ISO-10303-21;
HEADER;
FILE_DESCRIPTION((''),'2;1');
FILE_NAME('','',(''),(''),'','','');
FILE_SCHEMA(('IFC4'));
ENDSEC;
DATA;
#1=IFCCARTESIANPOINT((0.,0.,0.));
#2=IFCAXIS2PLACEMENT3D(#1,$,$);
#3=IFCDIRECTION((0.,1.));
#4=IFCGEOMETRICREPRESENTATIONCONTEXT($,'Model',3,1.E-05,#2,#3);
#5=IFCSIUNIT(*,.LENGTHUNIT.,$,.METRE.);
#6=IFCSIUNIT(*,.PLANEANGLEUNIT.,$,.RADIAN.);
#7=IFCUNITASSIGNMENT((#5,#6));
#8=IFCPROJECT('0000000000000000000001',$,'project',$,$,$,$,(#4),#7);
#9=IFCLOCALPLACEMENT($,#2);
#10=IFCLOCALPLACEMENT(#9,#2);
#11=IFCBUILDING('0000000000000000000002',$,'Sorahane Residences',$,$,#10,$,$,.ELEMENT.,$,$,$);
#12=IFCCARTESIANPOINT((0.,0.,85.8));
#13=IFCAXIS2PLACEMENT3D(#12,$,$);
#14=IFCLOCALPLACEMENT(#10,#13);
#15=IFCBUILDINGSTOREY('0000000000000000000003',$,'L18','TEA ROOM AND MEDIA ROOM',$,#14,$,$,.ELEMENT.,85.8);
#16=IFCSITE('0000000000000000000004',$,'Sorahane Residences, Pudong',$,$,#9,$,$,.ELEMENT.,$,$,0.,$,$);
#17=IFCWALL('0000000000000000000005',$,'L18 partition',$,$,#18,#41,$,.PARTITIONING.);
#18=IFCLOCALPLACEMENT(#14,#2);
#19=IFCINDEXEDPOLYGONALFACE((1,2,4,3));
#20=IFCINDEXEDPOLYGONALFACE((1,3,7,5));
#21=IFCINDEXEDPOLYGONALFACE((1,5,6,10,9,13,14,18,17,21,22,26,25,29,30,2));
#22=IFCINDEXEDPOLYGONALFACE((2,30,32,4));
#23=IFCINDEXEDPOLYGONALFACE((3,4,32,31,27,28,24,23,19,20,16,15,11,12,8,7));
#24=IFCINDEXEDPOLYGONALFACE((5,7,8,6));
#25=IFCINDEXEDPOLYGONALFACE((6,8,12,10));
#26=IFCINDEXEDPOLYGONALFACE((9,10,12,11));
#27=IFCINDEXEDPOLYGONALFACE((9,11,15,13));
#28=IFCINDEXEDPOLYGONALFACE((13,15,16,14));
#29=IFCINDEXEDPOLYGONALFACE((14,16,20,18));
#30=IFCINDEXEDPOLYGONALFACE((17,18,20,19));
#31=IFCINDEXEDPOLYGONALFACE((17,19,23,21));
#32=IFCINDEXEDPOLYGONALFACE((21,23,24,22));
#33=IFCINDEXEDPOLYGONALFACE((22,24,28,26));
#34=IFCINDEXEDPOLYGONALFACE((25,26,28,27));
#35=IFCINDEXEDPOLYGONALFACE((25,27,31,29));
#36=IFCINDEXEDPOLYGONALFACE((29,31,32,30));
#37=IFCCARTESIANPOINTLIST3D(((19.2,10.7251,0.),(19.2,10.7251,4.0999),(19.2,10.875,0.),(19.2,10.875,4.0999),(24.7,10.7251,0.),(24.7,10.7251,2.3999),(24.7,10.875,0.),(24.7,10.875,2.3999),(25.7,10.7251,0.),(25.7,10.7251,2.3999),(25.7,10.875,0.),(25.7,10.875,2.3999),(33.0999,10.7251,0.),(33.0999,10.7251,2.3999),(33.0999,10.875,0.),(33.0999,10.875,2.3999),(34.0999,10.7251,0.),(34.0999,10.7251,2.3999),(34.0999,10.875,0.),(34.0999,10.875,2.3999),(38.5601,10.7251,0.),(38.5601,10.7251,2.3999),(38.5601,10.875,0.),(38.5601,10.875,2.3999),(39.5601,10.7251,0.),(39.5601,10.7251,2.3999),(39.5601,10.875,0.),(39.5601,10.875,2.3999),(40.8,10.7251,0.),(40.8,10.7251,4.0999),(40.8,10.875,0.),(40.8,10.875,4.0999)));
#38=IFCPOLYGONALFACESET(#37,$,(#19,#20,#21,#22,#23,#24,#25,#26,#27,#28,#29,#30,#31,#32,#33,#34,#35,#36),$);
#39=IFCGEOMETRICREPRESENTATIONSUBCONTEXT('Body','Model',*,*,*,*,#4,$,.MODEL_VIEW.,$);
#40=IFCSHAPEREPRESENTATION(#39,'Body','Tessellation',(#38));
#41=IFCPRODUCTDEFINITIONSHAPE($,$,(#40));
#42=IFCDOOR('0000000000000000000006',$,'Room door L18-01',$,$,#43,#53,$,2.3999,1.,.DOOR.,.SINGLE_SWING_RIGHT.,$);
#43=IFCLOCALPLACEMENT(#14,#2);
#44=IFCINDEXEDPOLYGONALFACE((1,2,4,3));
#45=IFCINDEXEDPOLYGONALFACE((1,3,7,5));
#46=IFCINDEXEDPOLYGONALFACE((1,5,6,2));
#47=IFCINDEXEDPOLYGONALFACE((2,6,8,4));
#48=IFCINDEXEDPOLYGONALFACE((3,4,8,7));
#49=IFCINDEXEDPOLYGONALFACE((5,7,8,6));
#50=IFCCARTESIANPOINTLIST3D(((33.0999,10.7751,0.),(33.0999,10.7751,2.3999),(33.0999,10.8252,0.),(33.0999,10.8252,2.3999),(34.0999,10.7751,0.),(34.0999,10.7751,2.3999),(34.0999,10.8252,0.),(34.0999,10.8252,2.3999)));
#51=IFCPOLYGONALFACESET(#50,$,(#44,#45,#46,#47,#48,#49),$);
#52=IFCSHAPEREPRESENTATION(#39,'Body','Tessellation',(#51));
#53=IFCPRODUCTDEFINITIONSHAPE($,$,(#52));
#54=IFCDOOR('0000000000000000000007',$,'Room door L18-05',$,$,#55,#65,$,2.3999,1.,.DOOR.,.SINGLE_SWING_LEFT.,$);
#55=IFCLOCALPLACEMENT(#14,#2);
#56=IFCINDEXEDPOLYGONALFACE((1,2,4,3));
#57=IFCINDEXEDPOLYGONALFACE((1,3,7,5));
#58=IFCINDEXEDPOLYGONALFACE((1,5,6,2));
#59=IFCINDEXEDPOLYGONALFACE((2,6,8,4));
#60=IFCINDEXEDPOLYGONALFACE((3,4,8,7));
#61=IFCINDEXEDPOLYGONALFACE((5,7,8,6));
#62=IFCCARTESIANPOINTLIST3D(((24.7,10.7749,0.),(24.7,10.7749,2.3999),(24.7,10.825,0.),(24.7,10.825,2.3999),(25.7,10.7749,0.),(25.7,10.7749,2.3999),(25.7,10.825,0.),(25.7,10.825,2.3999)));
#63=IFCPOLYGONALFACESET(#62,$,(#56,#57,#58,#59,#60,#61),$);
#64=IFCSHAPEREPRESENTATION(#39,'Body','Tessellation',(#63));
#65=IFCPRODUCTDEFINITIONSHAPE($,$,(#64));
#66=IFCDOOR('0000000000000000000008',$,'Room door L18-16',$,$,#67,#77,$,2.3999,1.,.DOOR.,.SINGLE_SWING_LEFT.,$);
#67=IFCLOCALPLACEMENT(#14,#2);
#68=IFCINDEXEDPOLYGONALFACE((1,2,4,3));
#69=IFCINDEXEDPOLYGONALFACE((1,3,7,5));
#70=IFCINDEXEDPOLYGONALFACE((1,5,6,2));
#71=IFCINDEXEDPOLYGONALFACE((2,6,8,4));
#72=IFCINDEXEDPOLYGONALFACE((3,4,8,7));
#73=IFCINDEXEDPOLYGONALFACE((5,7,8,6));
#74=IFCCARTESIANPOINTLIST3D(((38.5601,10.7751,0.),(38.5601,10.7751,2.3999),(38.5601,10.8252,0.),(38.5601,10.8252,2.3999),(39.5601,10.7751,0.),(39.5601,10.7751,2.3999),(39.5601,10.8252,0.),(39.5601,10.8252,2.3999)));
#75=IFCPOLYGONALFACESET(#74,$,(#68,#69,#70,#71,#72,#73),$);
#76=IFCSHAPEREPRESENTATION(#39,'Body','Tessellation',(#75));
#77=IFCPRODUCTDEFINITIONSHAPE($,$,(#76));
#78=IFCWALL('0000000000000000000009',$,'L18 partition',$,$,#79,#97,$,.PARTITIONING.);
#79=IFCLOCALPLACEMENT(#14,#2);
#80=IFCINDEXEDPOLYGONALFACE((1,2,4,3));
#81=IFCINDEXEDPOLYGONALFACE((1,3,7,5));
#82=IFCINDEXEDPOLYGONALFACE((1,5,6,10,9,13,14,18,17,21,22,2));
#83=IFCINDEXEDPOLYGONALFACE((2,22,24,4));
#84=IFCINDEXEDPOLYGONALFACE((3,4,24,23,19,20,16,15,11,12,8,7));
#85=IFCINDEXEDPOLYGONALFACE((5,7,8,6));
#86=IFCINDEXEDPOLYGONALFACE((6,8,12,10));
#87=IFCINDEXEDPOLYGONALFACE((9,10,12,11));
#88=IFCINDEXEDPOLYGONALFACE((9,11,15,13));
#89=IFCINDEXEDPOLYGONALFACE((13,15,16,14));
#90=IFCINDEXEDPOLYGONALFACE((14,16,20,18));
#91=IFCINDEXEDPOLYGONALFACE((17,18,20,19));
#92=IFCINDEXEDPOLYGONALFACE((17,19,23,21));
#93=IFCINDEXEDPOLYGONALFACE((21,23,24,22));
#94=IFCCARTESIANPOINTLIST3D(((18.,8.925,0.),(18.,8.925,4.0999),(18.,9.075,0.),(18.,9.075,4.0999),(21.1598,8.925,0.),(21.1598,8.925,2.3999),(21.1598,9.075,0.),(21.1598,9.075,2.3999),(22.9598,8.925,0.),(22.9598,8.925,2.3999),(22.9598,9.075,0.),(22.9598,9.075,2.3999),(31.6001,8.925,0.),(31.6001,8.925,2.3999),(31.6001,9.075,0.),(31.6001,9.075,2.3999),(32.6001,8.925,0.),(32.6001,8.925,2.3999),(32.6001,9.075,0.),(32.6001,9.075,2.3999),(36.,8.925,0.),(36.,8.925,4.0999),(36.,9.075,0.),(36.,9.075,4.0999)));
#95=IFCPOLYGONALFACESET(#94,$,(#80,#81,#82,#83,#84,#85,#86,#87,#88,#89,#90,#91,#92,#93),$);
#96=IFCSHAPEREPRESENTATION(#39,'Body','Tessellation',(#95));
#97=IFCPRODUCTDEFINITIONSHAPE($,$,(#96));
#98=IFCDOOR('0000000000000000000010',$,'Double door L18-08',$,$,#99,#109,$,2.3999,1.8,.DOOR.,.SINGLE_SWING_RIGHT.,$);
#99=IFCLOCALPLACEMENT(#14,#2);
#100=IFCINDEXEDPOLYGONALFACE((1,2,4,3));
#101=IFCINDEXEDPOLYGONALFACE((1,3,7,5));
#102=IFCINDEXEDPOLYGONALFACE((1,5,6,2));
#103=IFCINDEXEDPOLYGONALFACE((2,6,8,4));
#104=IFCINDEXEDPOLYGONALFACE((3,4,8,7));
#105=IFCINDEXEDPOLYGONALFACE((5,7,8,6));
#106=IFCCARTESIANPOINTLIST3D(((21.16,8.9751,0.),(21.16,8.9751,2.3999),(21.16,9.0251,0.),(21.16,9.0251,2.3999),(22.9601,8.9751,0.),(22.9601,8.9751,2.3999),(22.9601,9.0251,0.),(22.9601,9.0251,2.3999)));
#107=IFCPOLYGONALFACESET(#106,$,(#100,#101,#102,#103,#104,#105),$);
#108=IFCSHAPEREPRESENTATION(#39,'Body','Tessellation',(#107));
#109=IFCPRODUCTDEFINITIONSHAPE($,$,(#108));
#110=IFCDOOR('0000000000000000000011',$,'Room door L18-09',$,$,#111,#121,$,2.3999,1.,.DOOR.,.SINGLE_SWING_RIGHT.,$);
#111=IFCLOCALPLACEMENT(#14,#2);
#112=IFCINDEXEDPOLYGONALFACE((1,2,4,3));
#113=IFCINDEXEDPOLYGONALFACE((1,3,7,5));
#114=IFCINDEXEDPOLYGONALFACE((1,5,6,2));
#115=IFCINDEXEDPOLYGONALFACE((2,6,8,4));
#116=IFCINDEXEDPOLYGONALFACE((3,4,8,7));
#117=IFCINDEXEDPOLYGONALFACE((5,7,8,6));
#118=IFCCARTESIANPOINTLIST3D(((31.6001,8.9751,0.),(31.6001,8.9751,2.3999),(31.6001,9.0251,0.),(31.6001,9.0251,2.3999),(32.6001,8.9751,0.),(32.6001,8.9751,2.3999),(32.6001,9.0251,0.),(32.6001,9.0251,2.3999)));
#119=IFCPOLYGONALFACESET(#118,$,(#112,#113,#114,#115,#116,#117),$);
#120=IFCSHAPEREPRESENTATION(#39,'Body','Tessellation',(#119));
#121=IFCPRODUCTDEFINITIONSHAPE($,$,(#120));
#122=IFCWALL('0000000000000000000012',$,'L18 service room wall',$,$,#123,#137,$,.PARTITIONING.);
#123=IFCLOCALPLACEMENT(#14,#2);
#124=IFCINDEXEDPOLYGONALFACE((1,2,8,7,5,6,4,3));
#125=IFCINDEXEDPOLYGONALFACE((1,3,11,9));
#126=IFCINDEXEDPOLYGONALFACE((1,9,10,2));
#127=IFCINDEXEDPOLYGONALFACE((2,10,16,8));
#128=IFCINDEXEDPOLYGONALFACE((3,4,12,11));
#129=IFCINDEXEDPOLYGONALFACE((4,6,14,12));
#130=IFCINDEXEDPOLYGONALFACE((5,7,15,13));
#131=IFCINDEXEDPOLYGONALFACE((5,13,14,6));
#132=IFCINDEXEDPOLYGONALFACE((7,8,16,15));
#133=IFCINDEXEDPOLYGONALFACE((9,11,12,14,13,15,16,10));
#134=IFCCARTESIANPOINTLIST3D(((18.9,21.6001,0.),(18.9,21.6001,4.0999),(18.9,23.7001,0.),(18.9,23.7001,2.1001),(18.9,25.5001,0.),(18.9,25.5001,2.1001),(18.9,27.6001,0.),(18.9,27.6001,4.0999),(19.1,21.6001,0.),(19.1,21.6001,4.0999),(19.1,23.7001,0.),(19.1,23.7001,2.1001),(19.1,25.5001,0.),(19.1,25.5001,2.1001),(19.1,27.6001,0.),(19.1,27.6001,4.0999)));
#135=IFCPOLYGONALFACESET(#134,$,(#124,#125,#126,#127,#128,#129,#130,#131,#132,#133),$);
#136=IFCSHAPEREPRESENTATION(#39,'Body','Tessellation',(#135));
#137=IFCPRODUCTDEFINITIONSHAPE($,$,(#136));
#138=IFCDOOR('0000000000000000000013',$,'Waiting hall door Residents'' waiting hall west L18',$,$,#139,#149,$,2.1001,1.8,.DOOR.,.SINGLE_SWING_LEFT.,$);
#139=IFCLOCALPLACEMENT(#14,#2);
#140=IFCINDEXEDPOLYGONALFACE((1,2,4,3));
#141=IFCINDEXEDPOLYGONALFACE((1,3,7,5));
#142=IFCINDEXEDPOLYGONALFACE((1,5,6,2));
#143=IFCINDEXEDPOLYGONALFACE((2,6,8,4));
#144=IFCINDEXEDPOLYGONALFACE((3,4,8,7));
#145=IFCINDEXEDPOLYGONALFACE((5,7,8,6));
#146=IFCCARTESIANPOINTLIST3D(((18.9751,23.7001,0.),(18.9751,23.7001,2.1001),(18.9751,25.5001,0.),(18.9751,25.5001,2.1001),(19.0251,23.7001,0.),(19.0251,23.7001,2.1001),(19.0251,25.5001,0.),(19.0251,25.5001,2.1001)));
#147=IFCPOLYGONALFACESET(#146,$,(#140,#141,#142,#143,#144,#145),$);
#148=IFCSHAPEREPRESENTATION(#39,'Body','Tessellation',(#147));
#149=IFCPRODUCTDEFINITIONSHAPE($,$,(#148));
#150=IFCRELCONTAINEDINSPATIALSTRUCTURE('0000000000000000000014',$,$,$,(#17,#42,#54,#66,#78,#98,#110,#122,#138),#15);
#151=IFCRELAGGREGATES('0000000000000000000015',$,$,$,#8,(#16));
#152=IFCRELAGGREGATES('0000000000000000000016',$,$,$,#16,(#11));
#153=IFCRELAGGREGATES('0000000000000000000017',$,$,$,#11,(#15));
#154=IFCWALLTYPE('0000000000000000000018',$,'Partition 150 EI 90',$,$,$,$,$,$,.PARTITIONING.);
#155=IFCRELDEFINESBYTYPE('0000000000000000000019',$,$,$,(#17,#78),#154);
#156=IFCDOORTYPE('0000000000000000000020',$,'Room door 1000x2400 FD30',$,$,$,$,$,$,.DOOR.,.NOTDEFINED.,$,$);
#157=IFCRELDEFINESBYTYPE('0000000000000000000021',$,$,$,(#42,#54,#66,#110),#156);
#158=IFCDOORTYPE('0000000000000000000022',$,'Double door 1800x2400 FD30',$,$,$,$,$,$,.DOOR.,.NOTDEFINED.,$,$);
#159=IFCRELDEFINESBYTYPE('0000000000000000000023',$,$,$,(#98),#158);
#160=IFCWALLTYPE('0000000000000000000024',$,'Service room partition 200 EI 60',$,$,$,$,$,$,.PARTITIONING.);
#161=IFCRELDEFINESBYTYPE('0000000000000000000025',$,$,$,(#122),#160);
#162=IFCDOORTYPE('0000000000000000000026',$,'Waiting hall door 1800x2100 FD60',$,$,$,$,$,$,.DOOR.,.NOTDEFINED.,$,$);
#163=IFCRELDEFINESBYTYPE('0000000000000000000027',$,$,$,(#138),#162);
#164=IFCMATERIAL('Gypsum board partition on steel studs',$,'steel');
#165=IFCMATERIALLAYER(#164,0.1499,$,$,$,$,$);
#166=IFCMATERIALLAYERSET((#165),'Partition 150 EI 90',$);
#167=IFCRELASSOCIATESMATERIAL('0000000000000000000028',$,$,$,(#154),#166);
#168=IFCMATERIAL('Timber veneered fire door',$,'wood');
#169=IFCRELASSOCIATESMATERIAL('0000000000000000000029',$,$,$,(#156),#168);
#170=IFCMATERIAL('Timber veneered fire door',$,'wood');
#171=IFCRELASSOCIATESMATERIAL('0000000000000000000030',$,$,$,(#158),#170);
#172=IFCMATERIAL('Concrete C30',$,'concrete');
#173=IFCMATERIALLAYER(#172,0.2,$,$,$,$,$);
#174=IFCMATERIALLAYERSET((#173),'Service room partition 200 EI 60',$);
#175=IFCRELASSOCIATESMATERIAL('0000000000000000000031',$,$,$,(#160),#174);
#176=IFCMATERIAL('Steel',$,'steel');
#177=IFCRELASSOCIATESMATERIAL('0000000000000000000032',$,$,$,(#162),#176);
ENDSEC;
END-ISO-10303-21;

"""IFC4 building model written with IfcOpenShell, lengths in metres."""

from ifc_helpers import new_model, si_unit, direction, frame, frame_2d, origin, place, context, subcontext, project, spatial, rectangle, extrude, material, layer, layer_set, type_object, element, fill, save


model = new_model("IFC4")

# Units and contexts
model_context = context("Model", 3, precision=1e-05, world=origin(), true_north=direction((0.0, 1.0)))
body_context = subcontext(model_context, "Body", "Model", "MODEL_VIEW")
ifc_project = project(units=[si_unit("LENGTHUNIT", "METRE"), si_unit("PLANEANGLEUNIT", "RADIAN")], contexts=[model_context])

# Site, building, storey
site_placement = place(None, origin())
site = spatial("IfcSite", under=ifc_project, at=site_placement, Name="Sorahane Residences, Pudong", CompositionType="ELEMENT", RefElevation=0.0)
building_placement = place(site_placement, origin())
building = spatial("IfcBuilding", under=site, at=building_placement, Name="Sorahane Residences", CompositionType="ELEMENT")
storey_placement = place(building_placement, frame((0.0, 0.0, 85.8)))
storey = spatial("IfcBuildingStorey", under=building, at=storey_placement, Name="L18", Description="TEA ROOM AND MEDIA ROOM", CompositionType="ELEMENT", Elevation=85.8)

# Walls, openings, doors
ifc_material_1 = material(Name="Gypsum board partition on steel studs", Category="steel")
ifc_layer_1 = layer(ifc_material_1, 0.1499)
ifc_layer_set_1 = layer_set([ifc_layer_1], Name="Partition 150 EI 90")
wall_type_1 = type_object("IfcWallType", Name="Partition 150 EI 90", PredefinedType="PARTITIONING", material=ifc_layer_set_1)
wall_1_placement = place(storey_placement, frame((19.2, 10.8, 0.0), z_axis=(0.0, 0.0, 1.0), x_axis=(1.0, 0.0, 0.0)))
wall_1 = element("IfcWall", 1, at=wall_1_placement, inside=storey, type_object=wall_type_1, Name="L18 partition", PredefinedType="PARTITIONING", context=body_context, shape_type="SweptSolid", body=[
    extrude(rectangle(XDim=21.6001, YDim=0.1499, at=frame_2d((10.8, 0.0))), origin(), (0.0, 0.0, 1.0), 4.0999),
])
opening_1_placement = place(wall_1_placement, frame((13.8999, 0.0, 0.0)))
opening_1 = element("IfcOpeningElement", 2, at=opening_1_placement, cuts=wall_1, PredefinedType="OPENING", context=body_context, shape_type="SweptSolid", body=[
    extrude(rectangle(XDim=1.0, YDim=2.3999, at=frame_2d((0.5, 1.2))), frame((0.0, 0.085, 0.0), z_axis=(0.0, -1.0, 0.0), x_axis=(1.0, 0.0, 0.0)), (0.0, 0.0, 1.0), 0.1699),
])
opening_2_placement = place(wall_1_placement, frame((5.5, 0.0, 0.0)))
opening_2 = element("IfcOpeningElement", 3, at=opening_2_placement, cuts=wall_1, PredefinedType="OPENING", context=body_context, shape_type="SweptSolid", body=[
    extrude(rectangle(XDim=1.0, YDim=2.3999, at=frame_2d((0.5, 1.2))), frame((0.0, 0.085, 0.0), z_axis=(0.0, -1.0, 0.0), x_axis=(1.0, 0.0, 0.0)), (0.0, 0.0, 1.0), 0.1699),
])
opening_3_placement = place(wall_1_placement, frame((19.3601, 0.0, 0.0)))
opening_3 = element("IfcOpeningElement", 4, at=opening_3_placement, cuts=wall_1, PredefinedType="OPENING", context=body_context, shape_type="SweptSolid", body=[
    extrude(rectangle(XDim=1.0, YDim=2.3999, at=frame_2d((0.5, 1.2))), frame((0.0, 0.085, 0.0), z_axis=(0.0, -1.0, 0.0), x_axis=(1.0, 0.0, 0.0)), (0.0, 0.0, 1.0), 0.1699),
])
ifc_material_2 = material(Name="Timber veneered fire door", Category="wood")
door_type_1 = type_object("IfcDoorType", Name="Room door 1000x2400 FD30", OperationType="NOTDEFINED", PredefinedType="DOOR", material=ifc_material_2)
door_1_placement = place(opening_1_placement, frame((1.0, 0.0, 0.0), z_axis=(0.0, 0.0, 1.0), x_axis=(-1.0, 0.0, 0.0)))
door_1 = element("IfcDoor", 5, at=door_1_placement, inside=storey, type_object=door_type_1, Name="Room door L18-01", OperationType="SINGLE_SWING_RIGHT", OverallHeight=2.3999, OverallWidth=1.0, PredefinedType="DOOR", context=body_context, shape_type="SweptSolid", body=[
    extrude(rectangle(XDim=1.0, YDim=2.3999, at=frame_2d((0.5, 1.2))), frame((0.0, 0.0249, 0.0), z_axis=(0.0, -1.0, 0.0), x_axis=(1.0, 0.0, 0.0)), (0.0, 0.0, 1.0), 0.05),
])
fill(opening_1, door_1)
door_2_placement = place(opening_2_placement, origin())
door_2 = element("IfcDoor", 6, at=door_2_placement, inside=storey, type_object=door_type_1, Name="Room door L18-05", OperationType="SINGLE_SWING_LEFT", OverallHeight=2.3999, OverallWidth=1.0, PredefinedType="DOOR", context=body_context, shape_type="SweptSolid", body=[
    extrude(rectangle(XDim=1.0, YDim=2.3999, at=frame_2d((0.5, 1.2))), frame((0.0, 0.0249, 0.0), z_axis=(0.0, -1.0, 0.0), x_axis=(1.0, 0.0, 0.0)), (0.0, 0.0, 1.0), 0.05),
])
fill(opening_2, door_2)
door_3_placement = place(opening_3_placement, frame((1.0, 0.0, 0.0), z_axis=(0.0, 0.0, 1.0), x_axis=(-1.0, 0.0, 0.0)))
door_3 = element("IfcDoor", 7, at=door_3_placement, inside=storey, type_object=door_type_1, Name="Room door L18-16", OperationType="SINGLE_SWING_LEFT", OverallHeight=2.3999, OverallWidth=1.0, PredefinedType="DOOR", context=body_context, shape_type="SweptSolid", body=[
    extrude(rectangle(XDim=1.0, YDim=2.3999, at=frame_2d((0.5, 1.2))), frame((0.0, 0.0249, 0.0), z_axis=(0.0, -1.0, 0.0), x_axis=(1.0, 0.0, 0.0)), (0.0, 0.0, 1.0), 0.05),
])
fill(opening_3, door_3)
wall_2_placement = place(storey_placement, frame((18.0, 9.0, 0.0), z_axis=(0.0, 0.0, 1.0), x_axis=(1.0, 0.0, 0.0)))
wall_2 = element("IfcWall", 8, at=wall_2_placement, inside=storey, type_object=wall_type_1, Name="L18 partition", PredefinedType="PARTITIONING", context=body_context, shape_type="SweptSolid", body=[
    extrude(rectangle(XDim=18.0, YDim=0.1499, at=frame_2d((9.0, 0.0))), origin(), (0.0, 0.0, 1.0), 4.0999),
])
opening_4_placement = place(wall_2_placement, frame((3.1599, 0.0, 0.0)))
opening_4 = element("IfcOpeningElement", 9, at=opening_4_placement, cuts=wall_2, PredefinedType="OPENING", context=body_context, shape_type="SweptSolid", body=[
    extrude(rectangle(XDim=1.8, YDim=2.3999, at=frame_2d((0.8999, 1.2))), frame((0.0, 0.085, 0.0), z_axis=(0.0, -1.0, 0.0), x_axis=(1.0, 0.0, 0.0)), (0.0, 0.0, 1.0), 0.1699),
])
opening_5_placement = place(wall_2_placement, frame((13.6001, 0.0, 0.0)))
opening_5 = element("IfcOpeningElement", 10, at=opening_5_placement, cuts=wall_2, PredefinedType="OPENING", context=body_context, shape_type="SweptSolid", body=[
    extrude(rectangle(XDim=1.0, YDim=2.3999, at=frame_2d((0.5, 1.2))), frame((0.0, 0.085, 0.0), z_axis=(0.0, -1.0, 0.0), x_axis=(1.0, 0.0, 0.0)), (0.0, 0.0, 1.0), 0.1699),
])
ifc_material_3 = material(Name="Timber veneered fire door", Category="wood")
door_type_2 = type_object("IfcDoorType", Name="Double door 1800x2400 FD30", OperationType="NOTDEFINED", PredefinedType="DOOR", material=ifc_material_3)
door_4_placement = place(opening_4_placement, frame((1.8, 0.0, 0.0), z_axis=(0.0, 0.0, 1.0), x_axis=(-1.0, 0.0, 0.0)))
door_4 = element("IfcDoor", 11, at=door_4_placement, inside=storey, type_object=door_type_2, Name="Double door L18-08", OperationType="SINGLE_SWING_RIGHT", OverallHeight=2.3999, OverallWidth=1.8, PredefinedType="DOOR", context=body_context, shape_type="SweptSolid", body=[
    extrude(rectangle(XDim=1.8, YDim=2.3999, at=frame_2d((0.8999, 1.2))), frame((0.0, 0.0249, 0.0), z_axis=(0.0, -1.0, 0.0), x_axis=(1.0, 0.0, 0.0)), (0.0, 0.0, 1.0), 0.05),
])
fill(opening_4, door_4)
door_5_placement = place(opening_5_placement, frame((1.0, 0.0, 0.0), z_axis=(0.0, 0.0, 1.0), x_axis=(-1.0, 0.0, 0.0)))
door_5 = element("IfcDoor", 12, at=door_5_placement, inside=storey, type_object=door_type_1, Name="Room door L18-09", OperationType="SINGLE_SWING_RIGHT", OverallHeight=2.3999, OverallWidth=1.0, PredefinedType="DOOR", context=body_context, shape_type="SweptSolid", body=[
    extrude(rectangle(XDim=1.0, YDim=2.3999, at=frame_2d((0.5, 1.2))), frame((0.0, 0.0249, 0.0), z_axis=(0.0, -1.0, 0.0), x_axis=(1.0, 0.0, 0.0)), (0.0, 0.0, 1.0), 0.05),
])
fill(opening_5, door_5)

# Wall, opening, door
ifc_material_4 = material(Name="Concrete C30", Category="concrete")
ifc_layer_2 = layer(ifc_material_4, 0.2)
ifc_layer_set_2 = layer_set([ifc_layer_2], Name="Service room partition 200 EI 60")
wall_type_2 = type_object("IfcWallType", Name="Service room partition 200 EI 60", PredefinedType="PARTITIONING", material=ifc_layer_set_2)
wall_3_placement = place(storey_placement, frame((19.0, 21.6001, 0.0), z_axis=(0.0, 0.0, 1.0), x_axis=(0.0, 1.0, 0.0)))
wall_3 = element("IfcWall", 13, at=wall_3_placement, inside=storey, type_object=wall_type_2, Name="L18 service room wall", PredefinedType="PARTITIONING", context=body_context, shape_type="SweptSolid", body=[
    extrude(rectangle(XDim=6.0, YDim=0.2, at=frame_2d((3.0, 0.0))), origin(), (0.0, 0.0, 1.0), 4.0999),
])
opening_6_placement = place(wall_3_placement, frame((2.1001, 0.0, 0.0)))
opening_6 = element("IfcOpeningElement", 14, at=opening_6_placement, cuts=wall_3, PredefinedType="OPENING", context=body_context, shape_type="SweptSolid", body=[
    extrude(rectangle(XDim=1.8, YDim=2.1001, at=frame_2d((0.8999, 1.05))), frame((0.0, 0.1099, 0.0), z_axis=(0.0, -1.0, 0.0), x_axis=(1.0, 0.0, 0.0)), (0.0, 0.0, 1.0), 0.22),
])
ifc_material_5 = material(Name="Steel", Category="steel")
door_type_3 = type_object("IfcDoorType", Name="Waiting hall door 1800x2100 FD60", OperationType="NOTDEFINED", PredefinedType="DOOR", material=ifc_material_5)
door_6_placement = place(opening_6_placement, origin())
door_6 = element("IfcDoor", 15, at=door_6_placement, inside=storey, type_object=door_type_3, Name="Waiting hall door Residents' waiting hall west L18", OperationType="SINGLE_SWING_LEFT", OverallHeight=2.1001, OverallWidth=1.8, PredefinedType="DOOR", context=body_context, shape_type="SweptSolid", body=[
    extrude(rectangle(XDim=1.8, YDim=2.1001, at=frame_2d((0.8999, 1.05))), frame((0.0, 0.0249, 0.0), z_axis=(0.0, -1.0, 0.0), x_axis=(1.0, 0.0, 0.0)), (0.0, 0.0, 1.0), 0.05),
])
fill(opening_6, door_6)

save(model, "model.ifc")
